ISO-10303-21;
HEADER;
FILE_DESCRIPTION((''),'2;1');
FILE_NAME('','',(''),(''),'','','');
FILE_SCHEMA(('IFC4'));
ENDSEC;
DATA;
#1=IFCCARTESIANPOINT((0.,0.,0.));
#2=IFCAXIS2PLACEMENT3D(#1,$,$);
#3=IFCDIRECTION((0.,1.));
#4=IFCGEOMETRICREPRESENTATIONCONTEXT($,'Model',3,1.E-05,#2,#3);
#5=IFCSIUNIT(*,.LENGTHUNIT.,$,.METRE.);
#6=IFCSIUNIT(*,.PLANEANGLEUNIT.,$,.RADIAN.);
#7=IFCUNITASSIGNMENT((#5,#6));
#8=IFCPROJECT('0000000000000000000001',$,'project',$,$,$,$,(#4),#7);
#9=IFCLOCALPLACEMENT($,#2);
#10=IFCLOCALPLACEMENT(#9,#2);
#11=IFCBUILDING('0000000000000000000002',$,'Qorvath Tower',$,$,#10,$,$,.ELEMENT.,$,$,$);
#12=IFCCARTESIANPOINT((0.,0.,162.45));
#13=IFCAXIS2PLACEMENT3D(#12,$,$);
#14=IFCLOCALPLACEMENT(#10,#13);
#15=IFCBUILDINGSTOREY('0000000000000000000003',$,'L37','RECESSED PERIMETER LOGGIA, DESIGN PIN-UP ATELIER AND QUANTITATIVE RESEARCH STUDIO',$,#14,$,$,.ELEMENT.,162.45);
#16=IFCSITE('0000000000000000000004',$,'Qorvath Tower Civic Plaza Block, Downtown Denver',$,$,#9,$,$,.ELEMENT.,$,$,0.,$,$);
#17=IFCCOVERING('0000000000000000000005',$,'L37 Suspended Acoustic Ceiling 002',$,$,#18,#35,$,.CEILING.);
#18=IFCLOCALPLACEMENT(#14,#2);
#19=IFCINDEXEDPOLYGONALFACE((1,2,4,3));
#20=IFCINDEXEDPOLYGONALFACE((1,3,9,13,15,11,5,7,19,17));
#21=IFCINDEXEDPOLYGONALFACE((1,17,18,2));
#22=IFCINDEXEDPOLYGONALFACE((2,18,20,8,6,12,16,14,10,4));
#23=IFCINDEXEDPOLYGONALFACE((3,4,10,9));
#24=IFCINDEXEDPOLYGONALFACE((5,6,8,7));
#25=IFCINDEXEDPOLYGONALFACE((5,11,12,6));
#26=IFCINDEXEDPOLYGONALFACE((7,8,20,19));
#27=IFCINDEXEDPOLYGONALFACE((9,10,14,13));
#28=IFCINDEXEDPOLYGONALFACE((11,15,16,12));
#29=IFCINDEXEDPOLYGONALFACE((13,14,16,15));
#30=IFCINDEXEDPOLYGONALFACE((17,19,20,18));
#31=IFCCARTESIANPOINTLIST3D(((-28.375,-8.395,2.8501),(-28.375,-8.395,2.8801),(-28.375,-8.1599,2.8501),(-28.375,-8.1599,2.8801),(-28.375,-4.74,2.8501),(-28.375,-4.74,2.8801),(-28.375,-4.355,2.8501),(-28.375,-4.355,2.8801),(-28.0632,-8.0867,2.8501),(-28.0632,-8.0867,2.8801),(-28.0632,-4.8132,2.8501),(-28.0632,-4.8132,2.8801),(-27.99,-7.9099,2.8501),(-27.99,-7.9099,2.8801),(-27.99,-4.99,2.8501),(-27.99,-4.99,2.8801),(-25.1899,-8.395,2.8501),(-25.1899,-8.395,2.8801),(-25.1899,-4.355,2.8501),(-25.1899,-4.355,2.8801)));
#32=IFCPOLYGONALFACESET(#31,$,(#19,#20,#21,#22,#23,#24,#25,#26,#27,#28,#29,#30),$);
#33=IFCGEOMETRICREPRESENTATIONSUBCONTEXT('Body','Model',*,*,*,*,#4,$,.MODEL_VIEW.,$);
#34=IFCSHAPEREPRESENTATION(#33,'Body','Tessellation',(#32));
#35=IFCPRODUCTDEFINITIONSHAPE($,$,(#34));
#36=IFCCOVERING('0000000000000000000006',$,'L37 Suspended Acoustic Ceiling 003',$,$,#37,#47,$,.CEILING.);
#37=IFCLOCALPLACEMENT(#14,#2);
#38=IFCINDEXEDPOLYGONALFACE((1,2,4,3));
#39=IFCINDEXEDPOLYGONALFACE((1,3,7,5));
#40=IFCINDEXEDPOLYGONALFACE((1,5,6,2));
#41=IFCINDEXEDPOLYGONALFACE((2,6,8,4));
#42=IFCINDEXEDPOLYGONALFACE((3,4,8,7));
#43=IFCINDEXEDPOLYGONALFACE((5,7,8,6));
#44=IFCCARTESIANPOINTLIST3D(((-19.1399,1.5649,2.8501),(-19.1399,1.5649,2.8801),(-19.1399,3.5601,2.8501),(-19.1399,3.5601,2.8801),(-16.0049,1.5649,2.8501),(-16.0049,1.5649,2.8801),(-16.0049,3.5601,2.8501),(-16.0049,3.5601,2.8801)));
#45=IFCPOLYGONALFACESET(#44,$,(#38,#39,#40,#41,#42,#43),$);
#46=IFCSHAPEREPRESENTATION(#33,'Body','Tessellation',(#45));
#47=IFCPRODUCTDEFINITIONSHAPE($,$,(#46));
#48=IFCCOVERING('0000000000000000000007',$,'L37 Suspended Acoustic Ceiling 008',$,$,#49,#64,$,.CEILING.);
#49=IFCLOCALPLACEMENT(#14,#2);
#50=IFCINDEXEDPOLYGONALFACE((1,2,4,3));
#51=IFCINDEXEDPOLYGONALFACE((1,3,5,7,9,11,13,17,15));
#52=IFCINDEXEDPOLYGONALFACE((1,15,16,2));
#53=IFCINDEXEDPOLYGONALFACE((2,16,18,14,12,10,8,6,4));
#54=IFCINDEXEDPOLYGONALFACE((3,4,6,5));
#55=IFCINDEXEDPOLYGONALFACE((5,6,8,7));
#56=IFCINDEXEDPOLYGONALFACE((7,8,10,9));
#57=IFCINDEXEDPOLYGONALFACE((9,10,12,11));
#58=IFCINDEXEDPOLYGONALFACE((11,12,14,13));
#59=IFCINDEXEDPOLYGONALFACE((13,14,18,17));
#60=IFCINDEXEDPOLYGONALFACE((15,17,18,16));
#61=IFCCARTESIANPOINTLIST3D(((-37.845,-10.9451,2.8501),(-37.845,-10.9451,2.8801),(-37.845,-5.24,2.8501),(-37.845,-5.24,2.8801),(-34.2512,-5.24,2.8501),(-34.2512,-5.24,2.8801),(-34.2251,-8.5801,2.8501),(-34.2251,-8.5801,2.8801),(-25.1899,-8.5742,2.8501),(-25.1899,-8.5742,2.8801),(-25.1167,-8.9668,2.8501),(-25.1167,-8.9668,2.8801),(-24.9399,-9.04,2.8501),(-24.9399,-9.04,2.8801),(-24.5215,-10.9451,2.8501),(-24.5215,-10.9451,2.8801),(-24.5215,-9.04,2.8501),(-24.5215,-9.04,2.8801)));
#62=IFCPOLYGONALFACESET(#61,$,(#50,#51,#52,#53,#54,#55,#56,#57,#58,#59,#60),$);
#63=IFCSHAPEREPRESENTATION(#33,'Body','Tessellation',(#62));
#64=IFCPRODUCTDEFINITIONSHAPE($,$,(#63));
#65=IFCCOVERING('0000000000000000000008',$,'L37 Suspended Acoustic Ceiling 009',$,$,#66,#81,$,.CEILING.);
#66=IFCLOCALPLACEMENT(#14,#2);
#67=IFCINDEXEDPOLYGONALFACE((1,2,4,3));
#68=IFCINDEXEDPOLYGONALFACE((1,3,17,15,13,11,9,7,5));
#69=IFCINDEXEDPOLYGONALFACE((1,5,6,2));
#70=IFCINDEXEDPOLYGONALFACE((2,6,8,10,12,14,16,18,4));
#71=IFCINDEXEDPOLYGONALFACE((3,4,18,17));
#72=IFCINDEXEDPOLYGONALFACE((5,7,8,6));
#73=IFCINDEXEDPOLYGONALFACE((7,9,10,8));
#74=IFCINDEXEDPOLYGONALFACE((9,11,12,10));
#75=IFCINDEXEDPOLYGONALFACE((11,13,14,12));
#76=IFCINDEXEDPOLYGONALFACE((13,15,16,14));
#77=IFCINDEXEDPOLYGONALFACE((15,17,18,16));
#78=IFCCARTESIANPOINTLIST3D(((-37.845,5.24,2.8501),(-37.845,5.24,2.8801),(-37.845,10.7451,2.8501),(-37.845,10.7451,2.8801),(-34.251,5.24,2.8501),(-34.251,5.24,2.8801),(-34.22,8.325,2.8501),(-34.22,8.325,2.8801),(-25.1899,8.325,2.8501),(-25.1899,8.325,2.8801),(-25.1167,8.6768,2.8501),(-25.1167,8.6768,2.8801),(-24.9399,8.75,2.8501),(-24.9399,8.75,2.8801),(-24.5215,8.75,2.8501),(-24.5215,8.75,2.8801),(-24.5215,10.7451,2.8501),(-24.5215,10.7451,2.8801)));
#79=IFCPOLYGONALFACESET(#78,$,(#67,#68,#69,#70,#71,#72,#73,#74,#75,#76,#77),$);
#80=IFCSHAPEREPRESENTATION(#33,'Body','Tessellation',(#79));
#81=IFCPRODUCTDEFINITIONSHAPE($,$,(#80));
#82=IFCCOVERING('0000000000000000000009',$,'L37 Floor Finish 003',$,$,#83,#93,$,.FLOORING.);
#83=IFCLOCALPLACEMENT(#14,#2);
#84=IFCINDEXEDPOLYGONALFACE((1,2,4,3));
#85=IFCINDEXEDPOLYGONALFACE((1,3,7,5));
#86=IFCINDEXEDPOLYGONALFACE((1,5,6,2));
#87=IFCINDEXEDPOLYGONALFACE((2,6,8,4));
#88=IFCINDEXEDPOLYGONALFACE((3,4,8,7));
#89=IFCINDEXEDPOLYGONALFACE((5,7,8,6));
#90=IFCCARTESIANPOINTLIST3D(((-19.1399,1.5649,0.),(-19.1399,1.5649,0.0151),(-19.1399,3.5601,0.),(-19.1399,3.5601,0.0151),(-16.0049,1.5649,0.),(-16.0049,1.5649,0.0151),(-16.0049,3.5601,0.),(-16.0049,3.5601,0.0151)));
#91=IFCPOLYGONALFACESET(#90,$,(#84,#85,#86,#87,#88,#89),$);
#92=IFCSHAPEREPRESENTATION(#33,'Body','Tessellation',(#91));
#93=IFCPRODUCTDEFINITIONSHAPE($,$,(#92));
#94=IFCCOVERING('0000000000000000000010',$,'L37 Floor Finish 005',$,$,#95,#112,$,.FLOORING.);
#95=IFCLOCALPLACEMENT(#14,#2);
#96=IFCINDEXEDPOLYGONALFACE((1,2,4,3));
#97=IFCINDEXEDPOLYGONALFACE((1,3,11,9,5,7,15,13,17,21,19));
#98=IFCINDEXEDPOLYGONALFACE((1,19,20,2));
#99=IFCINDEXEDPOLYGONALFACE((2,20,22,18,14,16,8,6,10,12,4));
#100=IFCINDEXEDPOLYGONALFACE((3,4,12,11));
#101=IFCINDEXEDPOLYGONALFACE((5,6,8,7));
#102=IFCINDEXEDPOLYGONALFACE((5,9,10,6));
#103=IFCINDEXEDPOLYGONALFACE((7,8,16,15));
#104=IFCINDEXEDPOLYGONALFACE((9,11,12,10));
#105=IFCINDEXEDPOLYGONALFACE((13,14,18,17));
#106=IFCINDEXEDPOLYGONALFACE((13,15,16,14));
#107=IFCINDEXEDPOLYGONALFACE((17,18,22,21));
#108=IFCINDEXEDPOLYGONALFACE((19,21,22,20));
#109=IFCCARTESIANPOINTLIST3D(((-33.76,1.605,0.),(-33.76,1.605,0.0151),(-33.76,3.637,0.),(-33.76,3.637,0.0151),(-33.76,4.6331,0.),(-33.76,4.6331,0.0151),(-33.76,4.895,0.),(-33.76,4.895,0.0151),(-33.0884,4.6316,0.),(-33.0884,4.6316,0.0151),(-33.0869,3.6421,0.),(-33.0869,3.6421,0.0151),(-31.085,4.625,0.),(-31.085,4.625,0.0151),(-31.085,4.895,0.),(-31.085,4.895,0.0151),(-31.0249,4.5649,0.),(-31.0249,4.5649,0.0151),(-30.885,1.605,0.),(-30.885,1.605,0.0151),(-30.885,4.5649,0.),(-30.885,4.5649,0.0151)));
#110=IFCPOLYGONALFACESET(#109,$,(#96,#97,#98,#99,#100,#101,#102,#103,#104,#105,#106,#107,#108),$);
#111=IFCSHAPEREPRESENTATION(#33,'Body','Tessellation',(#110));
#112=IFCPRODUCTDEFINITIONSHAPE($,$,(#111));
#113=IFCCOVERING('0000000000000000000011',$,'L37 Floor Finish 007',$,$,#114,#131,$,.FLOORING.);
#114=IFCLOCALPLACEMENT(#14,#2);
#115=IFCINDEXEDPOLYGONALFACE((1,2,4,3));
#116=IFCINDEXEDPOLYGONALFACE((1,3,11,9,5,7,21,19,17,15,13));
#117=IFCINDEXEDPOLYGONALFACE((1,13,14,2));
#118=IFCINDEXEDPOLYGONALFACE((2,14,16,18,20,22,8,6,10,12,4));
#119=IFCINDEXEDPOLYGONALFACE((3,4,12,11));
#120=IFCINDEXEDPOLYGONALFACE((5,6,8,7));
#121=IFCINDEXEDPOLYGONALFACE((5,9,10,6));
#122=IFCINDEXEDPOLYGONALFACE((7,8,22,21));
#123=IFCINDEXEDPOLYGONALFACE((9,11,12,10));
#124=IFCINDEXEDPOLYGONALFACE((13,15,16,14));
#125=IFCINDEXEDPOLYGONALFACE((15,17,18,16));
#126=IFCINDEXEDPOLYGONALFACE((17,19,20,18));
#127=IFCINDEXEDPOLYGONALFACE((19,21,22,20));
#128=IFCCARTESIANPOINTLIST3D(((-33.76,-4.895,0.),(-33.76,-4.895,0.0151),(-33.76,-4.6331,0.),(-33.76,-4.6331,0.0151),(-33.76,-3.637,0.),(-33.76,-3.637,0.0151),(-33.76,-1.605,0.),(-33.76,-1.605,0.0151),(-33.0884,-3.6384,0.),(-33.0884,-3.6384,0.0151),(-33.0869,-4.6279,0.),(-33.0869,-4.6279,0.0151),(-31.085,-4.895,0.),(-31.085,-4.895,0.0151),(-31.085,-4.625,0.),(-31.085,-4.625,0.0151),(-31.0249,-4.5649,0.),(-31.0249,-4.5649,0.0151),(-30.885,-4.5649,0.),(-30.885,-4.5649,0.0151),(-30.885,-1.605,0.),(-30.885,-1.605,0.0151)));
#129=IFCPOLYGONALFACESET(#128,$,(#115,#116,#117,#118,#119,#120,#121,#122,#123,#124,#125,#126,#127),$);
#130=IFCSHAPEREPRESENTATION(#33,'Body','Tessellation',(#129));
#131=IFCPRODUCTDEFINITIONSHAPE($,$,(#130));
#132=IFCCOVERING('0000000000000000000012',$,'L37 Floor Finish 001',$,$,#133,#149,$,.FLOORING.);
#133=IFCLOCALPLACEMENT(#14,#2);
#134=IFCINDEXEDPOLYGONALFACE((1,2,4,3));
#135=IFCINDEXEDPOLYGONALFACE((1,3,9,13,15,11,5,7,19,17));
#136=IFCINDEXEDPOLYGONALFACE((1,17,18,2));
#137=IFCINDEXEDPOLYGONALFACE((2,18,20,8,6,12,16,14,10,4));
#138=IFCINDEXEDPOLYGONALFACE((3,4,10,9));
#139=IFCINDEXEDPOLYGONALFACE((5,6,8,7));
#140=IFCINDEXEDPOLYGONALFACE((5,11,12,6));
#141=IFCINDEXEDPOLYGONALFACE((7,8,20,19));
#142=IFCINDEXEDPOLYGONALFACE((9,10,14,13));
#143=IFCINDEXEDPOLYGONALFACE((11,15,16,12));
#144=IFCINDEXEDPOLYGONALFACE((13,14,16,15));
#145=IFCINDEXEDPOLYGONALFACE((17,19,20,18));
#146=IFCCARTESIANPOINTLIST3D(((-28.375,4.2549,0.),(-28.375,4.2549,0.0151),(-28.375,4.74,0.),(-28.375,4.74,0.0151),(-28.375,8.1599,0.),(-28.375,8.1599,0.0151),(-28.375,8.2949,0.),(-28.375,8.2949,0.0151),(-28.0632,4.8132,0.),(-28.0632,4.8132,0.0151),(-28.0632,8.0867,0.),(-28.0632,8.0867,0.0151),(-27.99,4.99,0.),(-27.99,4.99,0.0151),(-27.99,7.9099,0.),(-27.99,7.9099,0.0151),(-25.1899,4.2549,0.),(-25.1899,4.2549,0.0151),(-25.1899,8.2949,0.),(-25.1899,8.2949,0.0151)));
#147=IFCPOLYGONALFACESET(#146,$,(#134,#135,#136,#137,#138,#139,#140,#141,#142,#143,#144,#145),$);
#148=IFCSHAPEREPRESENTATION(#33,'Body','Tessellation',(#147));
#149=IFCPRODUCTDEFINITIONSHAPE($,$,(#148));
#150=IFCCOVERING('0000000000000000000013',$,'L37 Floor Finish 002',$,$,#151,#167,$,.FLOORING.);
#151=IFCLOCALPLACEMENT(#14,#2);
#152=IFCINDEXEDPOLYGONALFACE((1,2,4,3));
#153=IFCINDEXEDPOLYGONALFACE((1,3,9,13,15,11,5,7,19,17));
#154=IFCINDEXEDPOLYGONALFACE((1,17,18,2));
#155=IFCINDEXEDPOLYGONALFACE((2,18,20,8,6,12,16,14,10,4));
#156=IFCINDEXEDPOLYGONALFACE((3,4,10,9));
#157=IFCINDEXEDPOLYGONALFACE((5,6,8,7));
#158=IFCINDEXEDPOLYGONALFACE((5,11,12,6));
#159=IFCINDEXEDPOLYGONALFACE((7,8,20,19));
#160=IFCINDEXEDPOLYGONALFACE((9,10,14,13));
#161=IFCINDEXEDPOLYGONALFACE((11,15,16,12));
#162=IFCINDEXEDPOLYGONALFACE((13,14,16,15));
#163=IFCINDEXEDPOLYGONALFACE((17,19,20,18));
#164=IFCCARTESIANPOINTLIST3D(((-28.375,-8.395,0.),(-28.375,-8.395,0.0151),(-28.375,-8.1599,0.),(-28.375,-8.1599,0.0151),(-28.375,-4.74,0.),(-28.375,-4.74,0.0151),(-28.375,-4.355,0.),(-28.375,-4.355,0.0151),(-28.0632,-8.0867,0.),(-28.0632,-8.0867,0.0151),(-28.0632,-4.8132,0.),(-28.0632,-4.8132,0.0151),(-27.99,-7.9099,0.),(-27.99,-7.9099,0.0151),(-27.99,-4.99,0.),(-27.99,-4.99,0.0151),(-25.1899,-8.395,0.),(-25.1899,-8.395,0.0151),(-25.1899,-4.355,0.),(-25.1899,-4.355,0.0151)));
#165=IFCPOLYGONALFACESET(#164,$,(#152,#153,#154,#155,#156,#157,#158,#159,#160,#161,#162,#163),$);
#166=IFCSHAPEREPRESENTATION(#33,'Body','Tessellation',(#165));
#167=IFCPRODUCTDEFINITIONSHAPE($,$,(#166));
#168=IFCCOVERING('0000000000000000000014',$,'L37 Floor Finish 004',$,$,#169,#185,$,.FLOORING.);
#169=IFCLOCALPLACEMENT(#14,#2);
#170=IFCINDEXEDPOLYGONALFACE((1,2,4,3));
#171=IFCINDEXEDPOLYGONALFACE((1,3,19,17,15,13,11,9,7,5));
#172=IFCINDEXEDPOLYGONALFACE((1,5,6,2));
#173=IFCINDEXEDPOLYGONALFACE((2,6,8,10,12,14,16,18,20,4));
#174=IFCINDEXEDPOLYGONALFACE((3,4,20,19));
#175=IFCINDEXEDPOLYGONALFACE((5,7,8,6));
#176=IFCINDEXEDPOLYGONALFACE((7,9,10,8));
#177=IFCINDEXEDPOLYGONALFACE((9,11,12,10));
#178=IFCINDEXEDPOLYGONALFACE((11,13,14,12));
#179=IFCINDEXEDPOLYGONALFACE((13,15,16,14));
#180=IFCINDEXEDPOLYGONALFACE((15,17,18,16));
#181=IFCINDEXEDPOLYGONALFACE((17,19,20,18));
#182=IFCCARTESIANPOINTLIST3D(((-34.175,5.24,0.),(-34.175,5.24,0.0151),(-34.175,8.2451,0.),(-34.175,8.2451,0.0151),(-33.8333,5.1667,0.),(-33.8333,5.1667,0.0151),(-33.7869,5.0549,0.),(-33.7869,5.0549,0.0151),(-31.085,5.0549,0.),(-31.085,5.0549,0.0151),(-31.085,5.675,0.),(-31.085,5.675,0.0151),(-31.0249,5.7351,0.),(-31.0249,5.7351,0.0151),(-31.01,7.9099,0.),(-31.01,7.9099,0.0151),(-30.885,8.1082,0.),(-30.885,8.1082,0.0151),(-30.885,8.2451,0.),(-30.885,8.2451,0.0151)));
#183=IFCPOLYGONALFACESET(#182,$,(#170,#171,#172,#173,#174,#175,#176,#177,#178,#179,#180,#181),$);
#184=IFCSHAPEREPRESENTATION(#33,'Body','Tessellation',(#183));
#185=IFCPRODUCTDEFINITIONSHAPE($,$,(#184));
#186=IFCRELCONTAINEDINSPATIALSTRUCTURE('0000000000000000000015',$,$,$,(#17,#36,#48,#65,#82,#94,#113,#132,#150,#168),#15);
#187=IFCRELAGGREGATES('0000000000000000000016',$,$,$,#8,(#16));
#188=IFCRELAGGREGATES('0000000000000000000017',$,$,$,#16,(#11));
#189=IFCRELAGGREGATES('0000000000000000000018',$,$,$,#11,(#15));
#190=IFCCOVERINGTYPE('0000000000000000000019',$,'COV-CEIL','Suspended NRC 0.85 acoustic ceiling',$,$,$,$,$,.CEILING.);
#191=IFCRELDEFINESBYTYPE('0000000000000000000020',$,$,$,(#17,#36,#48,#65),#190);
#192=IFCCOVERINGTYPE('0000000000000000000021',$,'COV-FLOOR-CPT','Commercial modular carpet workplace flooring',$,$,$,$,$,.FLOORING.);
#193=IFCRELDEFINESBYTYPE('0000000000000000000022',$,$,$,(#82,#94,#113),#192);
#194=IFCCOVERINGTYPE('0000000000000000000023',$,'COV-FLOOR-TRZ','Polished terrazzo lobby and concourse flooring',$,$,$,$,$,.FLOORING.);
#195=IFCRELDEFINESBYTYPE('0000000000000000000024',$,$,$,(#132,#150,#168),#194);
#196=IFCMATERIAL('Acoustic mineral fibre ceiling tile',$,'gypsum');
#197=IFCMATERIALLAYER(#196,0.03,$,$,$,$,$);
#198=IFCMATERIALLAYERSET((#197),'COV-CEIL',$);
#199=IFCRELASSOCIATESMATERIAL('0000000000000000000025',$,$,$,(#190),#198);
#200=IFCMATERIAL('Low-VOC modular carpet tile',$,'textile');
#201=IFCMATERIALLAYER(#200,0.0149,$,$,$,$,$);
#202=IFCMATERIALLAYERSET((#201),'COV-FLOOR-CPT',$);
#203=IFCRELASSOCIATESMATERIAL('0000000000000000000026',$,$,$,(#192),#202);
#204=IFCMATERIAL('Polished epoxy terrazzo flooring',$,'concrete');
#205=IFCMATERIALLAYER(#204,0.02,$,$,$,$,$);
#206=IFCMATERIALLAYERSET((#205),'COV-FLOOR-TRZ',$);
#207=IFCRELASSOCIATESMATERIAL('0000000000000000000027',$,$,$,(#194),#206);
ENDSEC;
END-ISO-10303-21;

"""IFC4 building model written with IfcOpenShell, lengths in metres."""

from ifc_helpers import new_model, si_unit, direction, frame, origin, place, context, subcontext, project, spatial, polyline, outline, extrude, material, layer, layer_set, type_object, element, save


model = new_model("IFC4")

# Units and contexts
model_context = context("Model", 3, precision=1e-05, world=origin(), true_north=direction((0.0, 1.0)))
body_context = subcontext(model_context, "Body", "Model", "MODEL_VIEW")
ifc_project = project(units=[si_unit("LENGTHUNIT", "METRE"), si_unit("PLANEANGLEUNIT", "RADIAN")], contexts=[model_context])

# Site, building, storey
site_placement = place(None, origin())
site = spatial("IfcSite", under=ifc_project, at=site_placement, Name="Qorvath Tower Civic Plaza Block, Downtown Denver", CompositionType="ELEMENT", RefElevation=0.0)
building_placement = place(site_placement, origin())
building = spatial("IfcBuilding", under=site, at=building_placement, Name="Qorvath Tower", CompositionType="ELEMENT")
storey_placement = place(building_placement, frame((0.0, 0.0, 162.45)))
storey = spatial("IfcBuildingStorey", under=building, at=storey_placement, Name="L37", Description="RECESSED PERIMETER LOGGIA, DESIGN PIN-UP ATELIER AND QUANTITATIVE RESEARCH STUDIO", CompositionType="ELEMENT", Elevation=162.45)

# Coverings
ifc_material_1 = material(Name="Acoustic mineral fibre ceiling tile", Category="gypsum")
ifc_layer_1 = layer(ifc_material_1, 0.03)
ifc_layer_set_1 = layer_set([ifc_layer_1], Name="COV-CEIL")
covering_type_1 = type_object("IfcCoveringType", Name="COV-CEIL", Description="Suspended NRC 0.85 acoustic ceiling", PredefinedType="CEILING", material=ifc_layer_set_1)
covering_1_placement = place(storey_placement, frame((0.0, 0.0, 2.8501)))
element("IfcCovering", 1, at=covering_1_placement, inside=storey, type_object=covering_type_1, Name="L37 Suspended Acoustic Ceiling 002", PredefinedType="CEILING", context=body_context, shape_type="SweptSolid", body=[
    extrude(outline(polyline([(-25.1899, -8.395), (-25.1899, -4.355), (-28.375, -4.355), (-28.375, -4.74), (-28.0632, -4.8132), (-27.99, -4.99), (-27.99, -7.9099), (-28.0632, -8.0867), (-28.375, -8.1599), (-28.375, -8.395), (-25.1899, -8.395)])), origin(), (0.0, 0.0, 1.0), 0.03),
])
covering_2_placement = place(storey_placement, frame((0.0, 0.0, 2.8501)))
element("IfcCovering", 2, at=covering_2_placement, inside=storey, type_object=covering_type_1, Name="L37 Suspended Acoustic Ceiling 003", PredefinedType="CEILING", context=body_context, shape_type="SweptSolid", body=[
    extrude(outline(polyline([(-16.0049, 3.5601), (-19.1399, 3.5601), (-19.1399, 1.5649), (-16.0049, 1.5649), (-16.0049, 3.5601)])), origin(), (0.0, 0.0, 1.0), 0.03),
])
covering_3_placement = place(storey_placement, frame((0.0, 0.0, 2.8501)))
element("IfcCovering", 3, at=covering_3_placement, inside=storey, type_object=covering_type_1, Name="L37 Suspended Acoustic Ceiling 008", PredefinedType="CEILING", context=body_context, shape_type="SweptSolid", body=[
    extrude(outline(polyline([(-34.2251, -8.5801), (-34.2512, -5.24), (-37.845, -5.24), (-37.845, -10.9451), (-24.5215, -10.9451), (-24.5215, -9.04), (-24.9399, -9.04), (-25.1167, -8.9668), (-25.1899, -8.5742), (-34.2251, -8.5801)])), origin(), (0.0, 0.0, 1.0), 0.03),
])
covering_4_placement = place(storey_placement, frame((0.0, 0.0, 2.8501)))
element("IfcCovering", 4, at=covering_4_placement, inside=storey, type_object=covering_type_1, Name="L37 Suspended Acoustic Ceiling 009", PredefinedType="CEILING", context=body_context, shape_type="SweptSolid", body=[
    extrude(outline(polyline([(-24.5215, 8.75), (-24.5215, 10.7451), (-37.845, 10.7451), (-37.845, 5.24), (-34.251, 5.24), (-34.22, 8.325), (-25.1899, 8.325), (-25.1167, 8.6768), (-24.9399, 8.75), (-24.5215, 8.75)])), origin(), (0.0, 0.0, 1.0), 0.03),
])
ifc_material_2 = material(Name="Low-VOC modular carpet tile", Category="textile")
ifc_layer_2 = layer(ifc_material_2, 0.0149)
ifc_layer_set_2 = layer_set([ifc_layer_2], Name="COV-FLOOR-CPT")
covering_type_2 = type_object("IfcCoveringType", Name="COV-FLOOR-CPT", Description="Commercial modular carpet workplace flooring", PredefinedType="FLOORING", material=ifc_layer_set_2)
covering_5_placement = place(storey_placement, origin())
element("IfcCovering", 5, at=covering_5_placement, inside=storey, type_object=covering_type_2, Name="L37 Floor Finish 003", PredefinedType="FLOORING", context=body_context, shape_type="SweptSolid", body=[
    extrude(outline(polyline([(-16.0049, 3.5601), (-19.1399, 3.5601), (-19.1399, 1.5649), (-16.0049, 1.5649), (-16.0049, 3.5601)])), origin(), (0.0, 0.0, 1.0), 0.0151),
])
covering_6_placement = place(storey_placement, origin())
element("IfcCovering", 6, at=covering_6_placement, inside=storey, type_object=covering_type_2, Name="L37 Floor Finish 005", PredefinedType="FLOORING", context=body_context, shape_type="SweptSolid", body=[
    extrude(outline(polyline([(-31.085, 4.895), (-33.76, 4.895), (-33.76, 4.6331), (-33.0884, 4.6316), (-33.0869, 3.6421), (-33.76, 3.637), (-33.76, 1.605), (-30.885, 1.605), (-30.885, 4.5649), (-31.0249, 4.5649), (-31.085, 4.625), (-31.085, 4.895)])), origin(), (0.0, 0.0, 1.0), 0.0151),
])
covering_7_placement = place(storey_placement, origin())
element("IfcCovering", 7, at=covering_7_placement, inside=storey, type_object=covering_type_2, Name="L37 Floor Finish 007", PredefinedType="FLOORING", context=body_context, shape_type="SweptSolid", body=[
    extrude(outline(polyline([(-30.885, -4.5649), (-30.885, -1.605), (-33.76, -1.605), (-33.76, -3.637), (-33.0884, -3.6384), (-33.0869, -4.6279), (-33.76, -4.6331), (-33.76, -4.895), (-31.085, -4.895), (-31.085, -4.625), (-31.0249, -4.5649), (-30.885, -4.5649)])), origin(), (0.0, 0.0, 1.0), 0.0151),
])
ifc_material_3 = material(Name="Polished epoxy terrazzo flooring", Category="concrete")
ifc_layer_3 = layer(ifc_material_3, 0.02)
ifc_layer_set_3 = layer_set([ifc_layer_3], Name="COV-FLOOR-TRZ")
covering_type_3 = type_object("IfcCoveringType", Name="COV-FLOOR-TRZ", Description="Polished terrazzo lobby and concourse flooring", PredefinedType="FLOORING", material=ifc_layer_set_3)
covering_8_placement = place(storey_placement, origin())
element("IfcCovering", 8, at=covering_8_placement, inside=storey, type_object=covering_type_3, Name="L37 Floor Finish 001", PredefinedType="FLOORING", context=body_context, shape_type="SweptSolid", body=[
    extrude(outline(polyline([(-25.1899, 4.2549), (-25.1899, 8.2949), (-28.375, 8.2949), (-28.375, 8.1599), (-28.0632, 8.0867), (-27.99, 7.9099), (-27.99, 4.99), (-28.0632, 4.8132), (-28.375, 4.74), (-28.375, 4.2549), (-25.1899, 4.2549)])), origin(), (0.0, 0.0, 1.0), 0.0151),
])
covering_9_placement = place(storey_placement, origin())
element("IfcCovering", 9, at=covering_9_placement, inside=storey, type_object=covering_type_3, Name="L37 Floor Finish 002", PredefinedType="FLOORING", context=body_context, shape_type="SweptSolid", body=[
    extrude(outline(polyline([(-25.1899, -8.395), (-25.1899, -4.355), (-28.375, -4.355), (-28.375, -4.74), (-28.0632, -4.8132), (-27.99, -4.99), (-27.99, -7.9099), (-28.0632, -8.0867), (-28.375, -8.1599), (-28.375, -8.395), (-25.1899, -8.395)])), origin(), (0.0, 0.0, 1.0), 0.0151),
])
covering_10_placement = place(storey_placement, origin())
element("IfcCovering", 10, at=covering_10_placement, inside=storey, type_object=covering_type_3, Name="L37 Floor Finish 004", PredefinedType="FLOORING", context=body_context, shape_type="SweptSolid", body=[
    extrude(outline(polyline([(-31.01, 7.9099), (-30.885, 8.1082), (-30.885, 8.2451), (-34.175, 8.2451), (-34.175, 5.24), (-33.8333, 5.1667), (-33.7869, 5.0549), (-31.085, 5.0549), (-31.085, 5.675), (-31.0249, 5.7351), (-31.01, 7.9099)])), origin(), (0.0, 0.0, 1.0), 0.0151),
])

save(model, "model.ifc")
